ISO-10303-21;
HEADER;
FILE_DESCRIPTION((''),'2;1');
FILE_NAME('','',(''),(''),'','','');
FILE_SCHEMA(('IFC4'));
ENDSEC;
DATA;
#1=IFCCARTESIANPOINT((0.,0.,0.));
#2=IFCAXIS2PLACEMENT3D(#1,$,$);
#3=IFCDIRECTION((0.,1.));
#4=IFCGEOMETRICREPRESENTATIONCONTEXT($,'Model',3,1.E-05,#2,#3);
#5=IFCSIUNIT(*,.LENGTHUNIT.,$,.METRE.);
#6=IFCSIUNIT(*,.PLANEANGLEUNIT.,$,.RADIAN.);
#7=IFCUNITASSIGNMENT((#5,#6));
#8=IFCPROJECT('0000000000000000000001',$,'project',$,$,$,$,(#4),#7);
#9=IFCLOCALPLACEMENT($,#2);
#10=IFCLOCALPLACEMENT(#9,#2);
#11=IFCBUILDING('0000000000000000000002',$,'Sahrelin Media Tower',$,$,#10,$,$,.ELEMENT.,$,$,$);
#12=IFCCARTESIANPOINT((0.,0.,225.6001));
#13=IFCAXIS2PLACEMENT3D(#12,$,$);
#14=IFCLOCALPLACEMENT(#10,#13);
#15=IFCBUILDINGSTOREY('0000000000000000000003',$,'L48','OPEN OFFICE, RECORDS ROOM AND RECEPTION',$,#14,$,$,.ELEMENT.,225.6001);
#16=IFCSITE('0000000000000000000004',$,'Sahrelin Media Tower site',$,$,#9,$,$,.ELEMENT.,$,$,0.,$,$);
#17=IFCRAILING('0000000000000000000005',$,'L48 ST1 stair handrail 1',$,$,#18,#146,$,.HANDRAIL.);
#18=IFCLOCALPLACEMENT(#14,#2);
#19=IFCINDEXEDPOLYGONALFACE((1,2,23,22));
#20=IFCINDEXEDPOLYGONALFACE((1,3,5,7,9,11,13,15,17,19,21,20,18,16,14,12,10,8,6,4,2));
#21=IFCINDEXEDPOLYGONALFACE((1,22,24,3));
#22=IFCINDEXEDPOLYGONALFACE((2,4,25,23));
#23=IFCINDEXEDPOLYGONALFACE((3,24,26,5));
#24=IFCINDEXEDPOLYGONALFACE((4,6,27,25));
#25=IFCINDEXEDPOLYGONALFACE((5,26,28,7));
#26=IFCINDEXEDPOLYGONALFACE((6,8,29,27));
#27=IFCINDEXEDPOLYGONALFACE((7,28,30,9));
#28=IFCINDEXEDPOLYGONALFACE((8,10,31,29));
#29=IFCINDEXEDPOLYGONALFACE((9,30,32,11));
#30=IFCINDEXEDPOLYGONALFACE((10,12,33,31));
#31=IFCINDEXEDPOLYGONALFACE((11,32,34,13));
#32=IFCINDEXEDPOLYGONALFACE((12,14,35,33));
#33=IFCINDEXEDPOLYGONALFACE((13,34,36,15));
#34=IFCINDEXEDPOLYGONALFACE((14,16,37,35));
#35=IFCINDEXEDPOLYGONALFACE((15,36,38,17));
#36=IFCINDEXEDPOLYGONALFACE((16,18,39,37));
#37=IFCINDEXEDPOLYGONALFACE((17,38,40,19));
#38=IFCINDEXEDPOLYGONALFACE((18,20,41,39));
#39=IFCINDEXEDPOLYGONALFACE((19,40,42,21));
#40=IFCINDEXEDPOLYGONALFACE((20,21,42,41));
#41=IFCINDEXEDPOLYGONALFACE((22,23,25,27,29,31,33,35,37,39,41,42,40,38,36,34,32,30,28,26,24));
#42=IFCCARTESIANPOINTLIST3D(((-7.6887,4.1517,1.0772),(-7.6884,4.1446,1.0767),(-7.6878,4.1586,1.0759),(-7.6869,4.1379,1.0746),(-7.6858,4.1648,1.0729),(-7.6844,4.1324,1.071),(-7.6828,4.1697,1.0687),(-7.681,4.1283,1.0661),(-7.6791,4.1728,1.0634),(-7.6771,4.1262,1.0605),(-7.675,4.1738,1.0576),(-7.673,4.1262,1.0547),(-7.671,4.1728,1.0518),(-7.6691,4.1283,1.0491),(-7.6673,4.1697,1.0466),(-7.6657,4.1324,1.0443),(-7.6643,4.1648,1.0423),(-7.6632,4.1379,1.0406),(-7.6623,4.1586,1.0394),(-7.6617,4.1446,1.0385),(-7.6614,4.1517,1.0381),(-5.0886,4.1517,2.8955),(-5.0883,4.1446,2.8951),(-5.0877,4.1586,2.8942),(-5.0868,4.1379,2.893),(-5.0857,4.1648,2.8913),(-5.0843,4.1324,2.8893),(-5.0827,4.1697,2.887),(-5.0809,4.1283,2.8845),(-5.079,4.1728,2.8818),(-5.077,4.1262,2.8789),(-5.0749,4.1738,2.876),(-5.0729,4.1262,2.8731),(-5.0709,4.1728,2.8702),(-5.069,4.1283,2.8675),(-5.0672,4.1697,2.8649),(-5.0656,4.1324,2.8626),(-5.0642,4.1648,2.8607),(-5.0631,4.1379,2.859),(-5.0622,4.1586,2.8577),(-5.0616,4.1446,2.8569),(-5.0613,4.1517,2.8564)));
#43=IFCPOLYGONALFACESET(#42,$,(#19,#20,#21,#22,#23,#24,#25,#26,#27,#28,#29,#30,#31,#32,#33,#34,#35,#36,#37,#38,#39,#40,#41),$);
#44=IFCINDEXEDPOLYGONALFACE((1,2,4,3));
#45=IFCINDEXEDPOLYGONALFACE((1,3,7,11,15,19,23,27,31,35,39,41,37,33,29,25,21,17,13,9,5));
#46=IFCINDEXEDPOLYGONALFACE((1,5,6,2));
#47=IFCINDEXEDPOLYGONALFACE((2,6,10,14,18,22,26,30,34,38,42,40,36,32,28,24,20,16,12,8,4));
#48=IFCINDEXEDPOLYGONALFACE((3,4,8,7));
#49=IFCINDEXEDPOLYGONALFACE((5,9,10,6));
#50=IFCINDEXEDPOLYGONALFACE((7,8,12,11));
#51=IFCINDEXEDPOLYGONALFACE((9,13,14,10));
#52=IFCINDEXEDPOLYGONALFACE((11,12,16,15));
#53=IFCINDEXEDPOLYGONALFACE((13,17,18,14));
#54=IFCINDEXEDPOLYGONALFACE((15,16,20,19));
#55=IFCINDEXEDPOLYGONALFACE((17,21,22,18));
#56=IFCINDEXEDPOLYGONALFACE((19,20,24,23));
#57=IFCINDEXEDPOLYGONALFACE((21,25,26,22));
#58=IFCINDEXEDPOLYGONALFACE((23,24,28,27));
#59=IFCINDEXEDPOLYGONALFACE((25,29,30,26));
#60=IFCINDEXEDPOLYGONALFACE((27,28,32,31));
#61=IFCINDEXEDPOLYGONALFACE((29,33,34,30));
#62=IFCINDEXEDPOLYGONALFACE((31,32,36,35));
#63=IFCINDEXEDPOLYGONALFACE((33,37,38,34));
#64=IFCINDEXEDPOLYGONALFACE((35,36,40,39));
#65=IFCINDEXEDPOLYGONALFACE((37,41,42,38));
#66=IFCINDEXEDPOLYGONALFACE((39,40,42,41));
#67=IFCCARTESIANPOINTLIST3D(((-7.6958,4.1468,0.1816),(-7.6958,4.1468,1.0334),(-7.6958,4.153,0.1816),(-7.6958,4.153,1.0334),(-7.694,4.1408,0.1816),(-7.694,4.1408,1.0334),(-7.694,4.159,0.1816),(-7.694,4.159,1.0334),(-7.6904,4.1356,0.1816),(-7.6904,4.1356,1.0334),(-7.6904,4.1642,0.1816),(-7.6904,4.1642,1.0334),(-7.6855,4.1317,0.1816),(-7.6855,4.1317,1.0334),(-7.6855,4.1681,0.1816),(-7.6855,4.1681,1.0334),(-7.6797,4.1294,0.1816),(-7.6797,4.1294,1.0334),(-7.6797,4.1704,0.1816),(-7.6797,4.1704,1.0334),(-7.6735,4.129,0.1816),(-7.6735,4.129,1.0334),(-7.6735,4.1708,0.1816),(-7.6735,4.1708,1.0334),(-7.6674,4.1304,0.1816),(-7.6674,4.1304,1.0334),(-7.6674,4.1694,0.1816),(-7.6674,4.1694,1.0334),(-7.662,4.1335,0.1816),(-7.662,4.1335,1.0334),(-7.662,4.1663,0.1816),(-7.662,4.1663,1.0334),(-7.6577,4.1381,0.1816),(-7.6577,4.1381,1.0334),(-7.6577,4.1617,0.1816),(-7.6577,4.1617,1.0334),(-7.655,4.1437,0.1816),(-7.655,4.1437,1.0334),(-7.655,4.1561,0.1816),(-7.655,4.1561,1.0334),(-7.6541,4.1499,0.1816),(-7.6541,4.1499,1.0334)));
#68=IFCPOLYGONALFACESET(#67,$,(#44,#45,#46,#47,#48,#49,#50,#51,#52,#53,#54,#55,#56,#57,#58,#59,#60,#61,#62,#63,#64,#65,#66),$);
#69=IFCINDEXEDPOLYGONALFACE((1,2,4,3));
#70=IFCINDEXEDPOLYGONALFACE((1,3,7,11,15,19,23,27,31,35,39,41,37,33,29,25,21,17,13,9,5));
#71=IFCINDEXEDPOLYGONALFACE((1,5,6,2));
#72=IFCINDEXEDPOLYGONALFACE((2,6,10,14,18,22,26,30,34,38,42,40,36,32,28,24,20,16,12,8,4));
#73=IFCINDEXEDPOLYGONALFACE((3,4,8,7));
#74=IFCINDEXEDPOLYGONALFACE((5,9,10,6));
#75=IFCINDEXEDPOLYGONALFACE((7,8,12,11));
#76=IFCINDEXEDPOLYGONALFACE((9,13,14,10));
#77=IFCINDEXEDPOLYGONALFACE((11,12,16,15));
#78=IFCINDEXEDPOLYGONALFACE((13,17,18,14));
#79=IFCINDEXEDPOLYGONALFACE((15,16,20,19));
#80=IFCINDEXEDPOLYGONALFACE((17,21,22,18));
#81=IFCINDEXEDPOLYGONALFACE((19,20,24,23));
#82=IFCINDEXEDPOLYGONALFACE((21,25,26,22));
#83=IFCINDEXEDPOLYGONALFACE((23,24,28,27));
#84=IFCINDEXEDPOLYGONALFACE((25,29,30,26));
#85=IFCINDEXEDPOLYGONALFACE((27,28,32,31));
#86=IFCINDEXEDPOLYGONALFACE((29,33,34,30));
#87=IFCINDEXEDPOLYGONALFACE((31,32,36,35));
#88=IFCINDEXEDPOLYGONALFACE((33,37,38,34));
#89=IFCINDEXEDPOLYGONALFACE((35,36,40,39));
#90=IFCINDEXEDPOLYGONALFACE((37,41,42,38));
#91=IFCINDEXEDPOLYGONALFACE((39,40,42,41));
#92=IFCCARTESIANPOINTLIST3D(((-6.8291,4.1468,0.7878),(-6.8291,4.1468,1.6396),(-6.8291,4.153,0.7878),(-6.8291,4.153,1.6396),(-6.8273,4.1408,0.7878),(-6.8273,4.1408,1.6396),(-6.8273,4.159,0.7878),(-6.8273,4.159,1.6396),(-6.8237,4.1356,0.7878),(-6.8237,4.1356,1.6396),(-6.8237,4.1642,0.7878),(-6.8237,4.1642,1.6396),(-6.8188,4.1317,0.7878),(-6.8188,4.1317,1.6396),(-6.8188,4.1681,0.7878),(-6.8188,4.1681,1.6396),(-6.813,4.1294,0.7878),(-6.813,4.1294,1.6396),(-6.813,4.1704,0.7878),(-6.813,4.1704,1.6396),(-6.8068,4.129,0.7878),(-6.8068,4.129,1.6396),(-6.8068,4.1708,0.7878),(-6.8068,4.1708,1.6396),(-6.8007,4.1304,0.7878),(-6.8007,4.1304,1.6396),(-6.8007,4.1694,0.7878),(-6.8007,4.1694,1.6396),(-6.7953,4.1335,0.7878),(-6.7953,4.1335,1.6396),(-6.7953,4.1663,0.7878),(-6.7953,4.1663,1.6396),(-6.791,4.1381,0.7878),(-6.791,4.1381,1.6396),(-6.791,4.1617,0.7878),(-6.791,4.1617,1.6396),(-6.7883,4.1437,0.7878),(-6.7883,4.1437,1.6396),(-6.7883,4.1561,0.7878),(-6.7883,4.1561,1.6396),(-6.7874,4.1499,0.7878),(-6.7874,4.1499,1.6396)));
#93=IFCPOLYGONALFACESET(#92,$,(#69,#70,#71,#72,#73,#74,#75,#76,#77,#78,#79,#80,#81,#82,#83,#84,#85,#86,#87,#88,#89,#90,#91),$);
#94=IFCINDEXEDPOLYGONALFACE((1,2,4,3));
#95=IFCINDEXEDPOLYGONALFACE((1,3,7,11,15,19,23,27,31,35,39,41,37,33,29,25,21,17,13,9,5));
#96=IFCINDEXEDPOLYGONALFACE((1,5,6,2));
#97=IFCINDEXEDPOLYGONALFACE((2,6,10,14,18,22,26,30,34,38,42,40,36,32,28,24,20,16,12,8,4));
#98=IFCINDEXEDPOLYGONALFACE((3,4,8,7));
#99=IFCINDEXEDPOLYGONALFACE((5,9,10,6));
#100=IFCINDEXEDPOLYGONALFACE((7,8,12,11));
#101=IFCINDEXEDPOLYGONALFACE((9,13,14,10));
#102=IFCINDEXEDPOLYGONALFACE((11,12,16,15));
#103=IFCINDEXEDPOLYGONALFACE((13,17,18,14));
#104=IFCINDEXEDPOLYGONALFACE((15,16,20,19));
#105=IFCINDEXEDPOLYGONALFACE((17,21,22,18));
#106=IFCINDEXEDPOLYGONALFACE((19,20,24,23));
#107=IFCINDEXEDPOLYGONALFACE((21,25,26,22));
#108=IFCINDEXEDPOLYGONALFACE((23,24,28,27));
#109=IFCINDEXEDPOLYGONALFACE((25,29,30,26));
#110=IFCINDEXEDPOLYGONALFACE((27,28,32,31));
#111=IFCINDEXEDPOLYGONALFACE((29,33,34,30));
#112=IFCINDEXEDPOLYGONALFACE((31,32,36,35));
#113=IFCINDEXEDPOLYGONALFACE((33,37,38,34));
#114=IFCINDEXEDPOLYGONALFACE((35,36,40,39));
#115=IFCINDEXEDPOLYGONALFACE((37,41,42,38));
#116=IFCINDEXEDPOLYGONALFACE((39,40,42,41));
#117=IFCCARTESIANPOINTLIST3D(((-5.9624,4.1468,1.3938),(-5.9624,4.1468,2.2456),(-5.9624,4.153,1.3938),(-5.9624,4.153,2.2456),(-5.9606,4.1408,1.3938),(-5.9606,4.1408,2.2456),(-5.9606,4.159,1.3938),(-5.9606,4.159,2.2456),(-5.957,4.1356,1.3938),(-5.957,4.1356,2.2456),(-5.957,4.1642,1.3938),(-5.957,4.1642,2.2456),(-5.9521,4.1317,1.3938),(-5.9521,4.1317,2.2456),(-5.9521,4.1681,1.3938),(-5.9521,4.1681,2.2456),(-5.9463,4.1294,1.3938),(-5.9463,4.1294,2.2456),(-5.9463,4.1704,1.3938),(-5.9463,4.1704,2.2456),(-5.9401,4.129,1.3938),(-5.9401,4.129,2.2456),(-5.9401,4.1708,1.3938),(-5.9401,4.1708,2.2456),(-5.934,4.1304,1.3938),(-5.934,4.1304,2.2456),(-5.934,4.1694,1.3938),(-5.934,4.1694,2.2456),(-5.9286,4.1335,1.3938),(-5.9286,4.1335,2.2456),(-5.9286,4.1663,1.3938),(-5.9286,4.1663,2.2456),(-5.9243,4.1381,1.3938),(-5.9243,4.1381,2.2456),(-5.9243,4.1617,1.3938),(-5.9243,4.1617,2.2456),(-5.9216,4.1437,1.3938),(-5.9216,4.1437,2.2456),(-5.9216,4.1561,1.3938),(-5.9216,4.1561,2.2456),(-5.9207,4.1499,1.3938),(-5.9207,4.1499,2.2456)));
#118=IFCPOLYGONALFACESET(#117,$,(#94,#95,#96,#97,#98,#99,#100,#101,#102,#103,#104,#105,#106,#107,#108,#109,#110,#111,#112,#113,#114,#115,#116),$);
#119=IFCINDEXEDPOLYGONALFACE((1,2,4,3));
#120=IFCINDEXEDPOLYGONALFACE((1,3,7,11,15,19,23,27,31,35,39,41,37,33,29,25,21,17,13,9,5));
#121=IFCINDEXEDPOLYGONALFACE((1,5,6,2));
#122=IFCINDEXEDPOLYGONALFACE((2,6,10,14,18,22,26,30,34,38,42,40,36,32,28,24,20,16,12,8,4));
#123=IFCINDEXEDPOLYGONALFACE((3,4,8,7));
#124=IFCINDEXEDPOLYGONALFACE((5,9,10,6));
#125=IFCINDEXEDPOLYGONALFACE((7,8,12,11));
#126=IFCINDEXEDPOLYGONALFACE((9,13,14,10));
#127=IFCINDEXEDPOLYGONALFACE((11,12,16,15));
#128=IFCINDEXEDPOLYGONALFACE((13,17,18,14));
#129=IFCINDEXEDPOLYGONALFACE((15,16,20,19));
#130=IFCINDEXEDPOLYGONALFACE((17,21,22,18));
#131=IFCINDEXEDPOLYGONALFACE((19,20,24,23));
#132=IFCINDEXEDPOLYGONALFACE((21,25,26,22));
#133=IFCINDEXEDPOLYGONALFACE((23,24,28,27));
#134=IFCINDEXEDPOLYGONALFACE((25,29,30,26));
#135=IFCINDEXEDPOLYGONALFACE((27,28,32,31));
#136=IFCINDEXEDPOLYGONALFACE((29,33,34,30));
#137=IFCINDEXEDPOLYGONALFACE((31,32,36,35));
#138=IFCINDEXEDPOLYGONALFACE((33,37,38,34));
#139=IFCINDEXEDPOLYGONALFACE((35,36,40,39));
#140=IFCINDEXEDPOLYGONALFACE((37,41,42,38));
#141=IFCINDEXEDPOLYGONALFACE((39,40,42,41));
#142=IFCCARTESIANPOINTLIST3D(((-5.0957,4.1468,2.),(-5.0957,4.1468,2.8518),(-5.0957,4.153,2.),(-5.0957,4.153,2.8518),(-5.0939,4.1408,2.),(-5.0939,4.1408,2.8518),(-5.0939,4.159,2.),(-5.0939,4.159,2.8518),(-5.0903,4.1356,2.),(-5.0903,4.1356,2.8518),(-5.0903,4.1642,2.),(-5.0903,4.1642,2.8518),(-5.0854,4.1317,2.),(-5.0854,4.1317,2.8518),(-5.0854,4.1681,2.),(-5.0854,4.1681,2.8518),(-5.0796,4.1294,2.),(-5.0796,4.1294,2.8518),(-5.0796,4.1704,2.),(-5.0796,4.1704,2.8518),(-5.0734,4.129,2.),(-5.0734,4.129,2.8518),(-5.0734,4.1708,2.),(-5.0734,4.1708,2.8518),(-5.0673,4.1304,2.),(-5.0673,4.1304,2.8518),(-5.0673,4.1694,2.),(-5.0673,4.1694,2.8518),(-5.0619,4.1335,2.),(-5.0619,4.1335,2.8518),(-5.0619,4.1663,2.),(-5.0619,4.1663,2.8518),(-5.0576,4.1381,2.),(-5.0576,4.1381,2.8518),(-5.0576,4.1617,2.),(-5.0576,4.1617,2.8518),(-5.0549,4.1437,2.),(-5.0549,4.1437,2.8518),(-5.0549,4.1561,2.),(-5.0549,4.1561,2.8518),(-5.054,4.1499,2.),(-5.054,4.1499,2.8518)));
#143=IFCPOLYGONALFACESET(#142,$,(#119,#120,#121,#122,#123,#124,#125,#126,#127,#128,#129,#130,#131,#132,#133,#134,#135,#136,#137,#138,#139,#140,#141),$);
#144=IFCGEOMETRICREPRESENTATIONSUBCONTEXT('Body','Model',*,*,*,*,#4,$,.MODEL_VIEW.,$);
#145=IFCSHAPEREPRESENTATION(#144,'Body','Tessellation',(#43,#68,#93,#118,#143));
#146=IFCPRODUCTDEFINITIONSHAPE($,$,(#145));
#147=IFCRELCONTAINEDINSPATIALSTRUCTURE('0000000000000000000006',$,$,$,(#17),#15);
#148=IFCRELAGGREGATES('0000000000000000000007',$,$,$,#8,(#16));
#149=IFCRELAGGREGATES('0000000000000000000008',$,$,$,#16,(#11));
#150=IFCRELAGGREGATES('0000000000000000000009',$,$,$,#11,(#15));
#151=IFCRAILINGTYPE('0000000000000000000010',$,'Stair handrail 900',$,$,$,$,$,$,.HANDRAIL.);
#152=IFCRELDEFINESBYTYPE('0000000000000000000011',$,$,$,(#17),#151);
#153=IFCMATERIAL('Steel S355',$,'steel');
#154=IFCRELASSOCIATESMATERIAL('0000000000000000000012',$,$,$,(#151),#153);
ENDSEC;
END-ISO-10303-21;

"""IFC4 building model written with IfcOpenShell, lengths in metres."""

from ifc_helpers import new_model, si_unit, direction, frame, origin, origin_2d, place, context, subcontext, project, spatial, circle, extrude, material, type_object, element, save


model = new_model("IFC4")

# Units and contexts
model_context = context("Model", 3, precision=1e-05, world=origin(), true_north=direction((0.0, 1.0)))
body_context = subcontext(model_context, "Body", "Model", "MODEL_VIEW")
ifc_project = project(units=[si_unit("LENGTHUNIT", "METRE"), si_unit("PLANEANGLEUNIT", "RADIAN")], contexts=[model_context])

# Site, building, storey
site_placement = place(None, origin())
site = spatial("IfcSite", under=ifc_project, at=site_placement, Name="Sahrelin Media Tower site", CompositionType="ELEMENT", RefElevation=0.0)
building_placement = place(site_placement, origin())
building = spatial("IfcBuilding", under=site, at=building_placement, Name="Sahrelin Media Tower", CompositionType="ELEMENT")
storey_placement = place(building_placement, frame((0.0, 0.0, 225.6001)))
storey = spatial("IfcBuildingStorey", under=building, at=storey_placement, Name="L48", Description="OPEN OFFICE, RECORDS ROOM AND RECEPTION", CompositionType="ELEMENT", Elevation=225.6001)

# Shared definitions
ifc_material_1 = material(Name="Steel S355", Category="steel")

# Railing
railing_type_1 = type_object("IfcRailingType", Name="Stair handrail 900", PredefinedType="HANDRAIL", material=ifc_material_1)
railing_1_placement = place(storey_placement, frame((-7.675, 4.1499, 0.1816)))
element("IfcRailing", 1, at=railing_1_placement, inside=storey, type_object=railing_type_1, Name="L48 ST1 stair handrail 1", PredefinedType="HANDRAIL", context=body_context, shape_type="SweptSolid", body=[
    extrude(circle(Radius=0.0239, at=origin_2d()), frame((0.0, 0.0, 0.876), z_axis=(0.819485, 0.0, 0.573101), x_axis=(0.0, 1.0, 0.0)), (0.0, 0.0, 1.0), 3.1729),
    extrude(circle(Radius=0.021, at=origin_2d()), origin(), (0.0, 0.0, 1.0), 0.8518),
    extrude(circle(Radius=0.021, at=origin_2d()), frame((0.8667, 0.0, 0.6062)), (0.0, 0.0, 1.0), 0.8518),
    extrude(circle(Radius=0.021, at=origin_2d()), frame((1.7334, 0.0, 1.2122)), (0.0, 0.0, 1.0), 0.8518),
    extrude(circle(Radius=0.021, at=origin_2d()), frame((2.6001, 0.0, 1.8184)), (0.0, 0.0, 1.0), 0.8518),
])

save(model, "model.ifc")
